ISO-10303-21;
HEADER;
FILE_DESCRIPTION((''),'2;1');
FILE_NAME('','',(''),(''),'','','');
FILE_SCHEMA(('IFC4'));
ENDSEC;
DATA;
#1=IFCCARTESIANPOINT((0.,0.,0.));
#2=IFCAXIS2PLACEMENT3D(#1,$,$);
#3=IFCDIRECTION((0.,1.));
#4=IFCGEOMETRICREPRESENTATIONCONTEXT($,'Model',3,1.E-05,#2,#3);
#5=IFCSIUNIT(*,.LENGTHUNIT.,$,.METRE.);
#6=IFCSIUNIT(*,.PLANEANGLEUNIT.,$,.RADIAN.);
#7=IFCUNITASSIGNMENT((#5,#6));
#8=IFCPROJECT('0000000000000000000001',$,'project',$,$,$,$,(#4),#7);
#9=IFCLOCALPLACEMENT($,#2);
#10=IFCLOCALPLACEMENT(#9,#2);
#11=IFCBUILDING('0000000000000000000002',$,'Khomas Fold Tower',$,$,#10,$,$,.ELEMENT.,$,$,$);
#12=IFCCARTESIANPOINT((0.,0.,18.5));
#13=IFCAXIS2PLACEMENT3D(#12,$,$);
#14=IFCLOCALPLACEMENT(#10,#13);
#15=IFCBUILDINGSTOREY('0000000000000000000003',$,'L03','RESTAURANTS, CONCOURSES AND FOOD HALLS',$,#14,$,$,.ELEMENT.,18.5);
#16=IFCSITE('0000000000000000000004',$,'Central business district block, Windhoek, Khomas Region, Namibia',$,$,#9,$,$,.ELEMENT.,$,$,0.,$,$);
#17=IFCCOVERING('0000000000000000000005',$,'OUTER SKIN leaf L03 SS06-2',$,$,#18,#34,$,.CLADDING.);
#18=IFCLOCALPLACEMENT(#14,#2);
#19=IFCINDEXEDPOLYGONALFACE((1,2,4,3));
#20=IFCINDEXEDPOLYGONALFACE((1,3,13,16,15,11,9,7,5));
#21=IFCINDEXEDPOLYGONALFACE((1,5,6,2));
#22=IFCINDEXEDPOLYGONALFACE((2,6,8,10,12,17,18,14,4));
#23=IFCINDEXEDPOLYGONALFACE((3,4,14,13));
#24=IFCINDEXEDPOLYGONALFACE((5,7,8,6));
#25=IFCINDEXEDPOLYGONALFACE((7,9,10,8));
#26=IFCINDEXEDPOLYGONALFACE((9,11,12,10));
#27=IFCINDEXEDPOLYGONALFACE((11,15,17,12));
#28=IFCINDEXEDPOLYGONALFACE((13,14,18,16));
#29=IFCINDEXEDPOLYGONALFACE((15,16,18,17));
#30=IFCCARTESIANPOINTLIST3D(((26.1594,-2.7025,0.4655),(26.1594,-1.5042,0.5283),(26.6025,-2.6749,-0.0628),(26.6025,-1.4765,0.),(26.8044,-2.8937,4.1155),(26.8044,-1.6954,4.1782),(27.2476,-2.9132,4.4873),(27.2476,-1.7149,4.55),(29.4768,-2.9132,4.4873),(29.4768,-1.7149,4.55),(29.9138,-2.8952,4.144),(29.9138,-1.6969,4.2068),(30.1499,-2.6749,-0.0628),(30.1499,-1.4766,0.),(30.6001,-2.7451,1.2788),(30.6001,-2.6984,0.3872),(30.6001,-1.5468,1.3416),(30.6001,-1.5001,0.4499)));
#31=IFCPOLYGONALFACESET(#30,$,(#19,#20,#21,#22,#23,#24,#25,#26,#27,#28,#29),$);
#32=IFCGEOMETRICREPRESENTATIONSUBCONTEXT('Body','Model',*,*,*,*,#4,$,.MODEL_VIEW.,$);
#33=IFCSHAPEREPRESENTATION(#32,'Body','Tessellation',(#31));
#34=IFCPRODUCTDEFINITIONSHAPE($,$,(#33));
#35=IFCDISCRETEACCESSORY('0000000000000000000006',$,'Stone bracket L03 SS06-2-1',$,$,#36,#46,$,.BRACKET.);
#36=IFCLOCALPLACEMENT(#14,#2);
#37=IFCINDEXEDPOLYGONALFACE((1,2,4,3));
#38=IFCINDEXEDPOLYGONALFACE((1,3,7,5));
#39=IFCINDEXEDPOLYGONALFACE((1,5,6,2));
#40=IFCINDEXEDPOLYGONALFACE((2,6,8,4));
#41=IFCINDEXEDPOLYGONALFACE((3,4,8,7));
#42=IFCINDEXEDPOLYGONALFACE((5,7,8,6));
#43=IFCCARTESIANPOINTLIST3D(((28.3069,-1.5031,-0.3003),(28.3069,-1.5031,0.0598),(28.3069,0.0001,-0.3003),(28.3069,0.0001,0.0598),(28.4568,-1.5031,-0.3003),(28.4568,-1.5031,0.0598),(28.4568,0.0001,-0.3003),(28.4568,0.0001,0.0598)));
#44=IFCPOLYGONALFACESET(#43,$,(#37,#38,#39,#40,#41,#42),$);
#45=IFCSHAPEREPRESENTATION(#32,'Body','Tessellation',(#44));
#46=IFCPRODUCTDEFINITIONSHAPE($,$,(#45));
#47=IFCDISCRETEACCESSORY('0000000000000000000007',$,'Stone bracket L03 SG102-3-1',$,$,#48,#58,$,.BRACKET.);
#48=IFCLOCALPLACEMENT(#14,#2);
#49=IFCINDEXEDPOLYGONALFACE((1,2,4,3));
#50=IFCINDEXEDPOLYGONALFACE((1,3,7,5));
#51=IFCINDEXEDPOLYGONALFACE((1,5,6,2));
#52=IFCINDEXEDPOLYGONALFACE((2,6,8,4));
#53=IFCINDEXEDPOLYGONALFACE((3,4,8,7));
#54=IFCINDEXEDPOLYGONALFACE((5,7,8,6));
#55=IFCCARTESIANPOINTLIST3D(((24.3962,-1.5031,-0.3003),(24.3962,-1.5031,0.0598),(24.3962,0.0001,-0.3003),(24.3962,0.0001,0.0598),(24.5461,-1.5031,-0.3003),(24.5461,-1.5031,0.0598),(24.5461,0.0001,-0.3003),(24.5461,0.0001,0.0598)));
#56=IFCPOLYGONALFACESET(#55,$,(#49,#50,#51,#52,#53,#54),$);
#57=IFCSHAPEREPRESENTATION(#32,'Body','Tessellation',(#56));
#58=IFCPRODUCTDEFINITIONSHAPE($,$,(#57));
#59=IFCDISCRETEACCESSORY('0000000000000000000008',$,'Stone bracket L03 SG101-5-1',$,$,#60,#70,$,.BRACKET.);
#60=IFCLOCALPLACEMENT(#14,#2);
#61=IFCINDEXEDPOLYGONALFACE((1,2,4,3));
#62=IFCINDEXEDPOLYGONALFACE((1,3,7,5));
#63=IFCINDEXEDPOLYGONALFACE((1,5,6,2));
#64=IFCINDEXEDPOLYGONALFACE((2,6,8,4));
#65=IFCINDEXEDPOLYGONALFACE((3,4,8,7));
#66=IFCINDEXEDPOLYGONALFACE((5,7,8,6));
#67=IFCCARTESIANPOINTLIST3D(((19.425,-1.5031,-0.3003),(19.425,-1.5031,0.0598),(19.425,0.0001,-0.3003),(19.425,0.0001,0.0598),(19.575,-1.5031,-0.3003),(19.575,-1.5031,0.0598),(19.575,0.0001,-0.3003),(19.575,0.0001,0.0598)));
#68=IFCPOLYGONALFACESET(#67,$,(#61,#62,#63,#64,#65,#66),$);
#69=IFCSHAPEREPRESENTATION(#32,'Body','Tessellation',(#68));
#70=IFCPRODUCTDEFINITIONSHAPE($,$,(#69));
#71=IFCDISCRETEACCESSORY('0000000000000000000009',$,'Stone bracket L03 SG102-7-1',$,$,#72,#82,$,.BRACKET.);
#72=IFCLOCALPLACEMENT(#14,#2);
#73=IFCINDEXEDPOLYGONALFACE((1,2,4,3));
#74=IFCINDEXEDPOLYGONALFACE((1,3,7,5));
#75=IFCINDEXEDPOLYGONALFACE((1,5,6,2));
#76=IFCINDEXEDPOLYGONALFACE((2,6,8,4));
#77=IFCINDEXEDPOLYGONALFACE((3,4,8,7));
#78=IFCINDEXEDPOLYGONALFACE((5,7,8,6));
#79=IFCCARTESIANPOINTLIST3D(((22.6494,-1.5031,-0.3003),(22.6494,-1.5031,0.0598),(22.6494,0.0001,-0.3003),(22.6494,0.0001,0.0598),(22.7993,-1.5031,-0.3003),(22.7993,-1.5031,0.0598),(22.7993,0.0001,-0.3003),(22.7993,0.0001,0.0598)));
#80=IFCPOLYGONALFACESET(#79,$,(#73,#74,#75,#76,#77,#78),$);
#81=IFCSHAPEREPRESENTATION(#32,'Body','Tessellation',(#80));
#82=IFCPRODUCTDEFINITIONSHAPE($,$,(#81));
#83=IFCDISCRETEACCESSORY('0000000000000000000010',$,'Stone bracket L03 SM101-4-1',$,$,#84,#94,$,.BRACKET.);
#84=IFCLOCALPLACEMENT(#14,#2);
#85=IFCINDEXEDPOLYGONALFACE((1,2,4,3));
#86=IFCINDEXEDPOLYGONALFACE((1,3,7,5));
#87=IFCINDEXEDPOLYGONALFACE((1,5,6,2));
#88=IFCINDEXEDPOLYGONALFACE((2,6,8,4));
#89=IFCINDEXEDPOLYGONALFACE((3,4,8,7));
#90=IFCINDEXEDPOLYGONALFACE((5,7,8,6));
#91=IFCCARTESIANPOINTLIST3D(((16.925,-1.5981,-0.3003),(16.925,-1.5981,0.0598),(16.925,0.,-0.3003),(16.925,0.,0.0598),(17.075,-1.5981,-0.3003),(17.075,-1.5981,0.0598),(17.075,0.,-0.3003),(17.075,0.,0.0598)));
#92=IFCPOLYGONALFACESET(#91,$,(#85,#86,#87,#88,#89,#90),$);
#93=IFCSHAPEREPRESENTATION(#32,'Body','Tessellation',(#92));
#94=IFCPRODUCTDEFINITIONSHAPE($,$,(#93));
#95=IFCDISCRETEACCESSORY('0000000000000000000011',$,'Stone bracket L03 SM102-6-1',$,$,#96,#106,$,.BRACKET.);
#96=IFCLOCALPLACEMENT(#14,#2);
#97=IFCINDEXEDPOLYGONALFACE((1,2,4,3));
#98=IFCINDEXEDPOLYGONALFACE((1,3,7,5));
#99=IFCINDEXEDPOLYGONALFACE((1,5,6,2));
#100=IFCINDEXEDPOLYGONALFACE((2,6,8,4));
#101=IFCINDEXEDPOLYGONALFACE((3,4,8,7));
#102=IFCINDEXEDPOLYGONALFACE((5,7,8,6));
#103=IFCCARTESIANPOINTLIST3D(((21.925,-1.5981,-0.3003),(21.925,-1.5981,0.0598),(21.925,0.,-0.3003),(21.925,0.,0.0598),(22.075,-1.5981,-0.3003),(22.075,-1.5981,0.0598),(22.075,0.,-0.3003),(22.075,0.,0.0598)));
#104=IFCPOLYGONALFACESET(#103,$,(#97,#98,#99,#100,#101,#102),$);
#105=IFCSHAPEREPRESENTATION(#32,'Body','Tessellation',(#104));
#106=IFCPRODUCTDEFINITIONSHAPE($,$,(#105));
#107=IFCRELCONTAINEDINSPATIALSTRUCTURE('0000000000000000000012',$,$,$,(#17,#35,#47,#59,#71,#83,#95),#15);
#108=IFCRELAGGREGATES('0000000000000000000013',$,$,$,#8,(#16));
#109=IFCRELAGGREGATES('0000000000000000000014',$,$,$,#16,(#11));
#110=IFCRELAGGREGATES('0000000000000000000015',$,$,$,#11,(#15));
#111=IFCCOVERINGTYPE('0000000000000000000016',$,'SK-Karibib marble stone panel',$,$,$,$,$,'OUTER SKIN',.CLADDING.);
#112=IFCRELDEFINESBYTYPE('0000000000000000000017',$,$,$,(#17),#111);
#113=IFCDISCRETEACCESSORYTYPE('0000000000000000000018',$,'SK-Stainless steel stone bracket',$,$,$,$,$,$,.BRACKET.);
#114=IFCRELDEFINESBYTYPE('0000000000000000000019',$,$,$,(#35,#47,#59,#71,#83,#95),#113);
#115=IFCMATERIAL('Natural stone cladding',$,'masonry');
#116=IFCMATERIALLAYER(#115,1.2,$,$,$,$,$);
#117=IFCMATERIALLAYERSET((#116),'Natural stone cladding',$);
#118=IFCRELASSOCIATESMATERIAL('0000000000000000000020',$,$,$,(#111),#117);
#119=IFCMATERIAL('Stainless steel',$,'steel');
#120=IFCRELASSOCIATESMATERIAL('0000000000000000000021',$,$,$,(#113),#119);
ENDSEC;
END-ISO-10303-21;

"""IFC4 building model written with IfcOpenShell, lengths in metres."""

from ifc_helpers import new_model, si_unit, direction, frame, origin, origin_2d, place, context, subcontext, project, spatial, polyline, rectangle, outline, extrude, source, transform, mapped, material, layer, layer_set, type_object, element, save


model = new_model("IFC4")

# Units and contexts
model_context = context("Model", 3, precision=1e-05, world=origin(), true_north=direction((0.0, 1.0)))
body_context = subcontext(model_context, "Body", "Model", "MODEL_VIEW")
ifc_project = project(units=[si_unit("LENGTHUNIT", "METRE"), si_unit("PLANEANGLEUNIT", "RADIAN")], contexts=[model_context])

# Site, building, storey
site_placement = place(None, origin())
site = spatial("IfcSite", under=ifc_project, at=site_placement, Name="Central business district block, Windhoek, Khomas Region, Namibia", CompositionType="ELEMENT", RefElevation=0.0)
building_placement = place(site_placement, origin())
building = spatial("IfcBuilding", under=site, at=building_placement, Name="Khomas Fold Tower", CompositionType="ELEMENT")
storey_placement = place(building_placement, frame((0.0, 0.0, 18.5)))
storey = spatial("IfcBuildingStorey", under=building, at=storey_placement, Name="L03", Description="RESTAURANTS, CONCOURSES AND FOOD HALLS", CompositionType="ELEMENT", Elevation=18.5)

# Covering
ifc_material_1 = material(Name="Natural stone cladding", Category="masonry")
ifc_layer_1 = layer(ifc_material_1, 1.2)
ifc_layer_set_1 = layer_set([ifc_layer_1], Name="Natural stone cladding")
covering_type_1 = type_object("IfcCoveringType", Name="SK-Karibib marble stone panel", ElementType="OUTER SKIN", PredefinedType="CLADDING", material=ifc_layer_set_1)
covering_placement = place(storey_placement, frame((30.1499, -1.4766, 0.0), z_axis=(0.000004, 0.998631, 0.05231), x_axis=(-1.0, 0.000004, 0.0)))
element("IfcCovering", 1, at=covering_placement, inside=storey, type_object=covering_type_1, Name="OUTER SKIN leaf L03 SS06-2", PredefinedType="CLADDING", context=body_context, shape_type="SweptSolid", body=[
    extrude(outline(polyline([(0.0, 0.0), (3.5474, 0.0), (3.9905, 0.529), (3.3455, 4.184), (2.9023, 4.5563), (0.6731, 4.5563), (0.2361, 4.2126), (-0.4502, 1.3434), (-0.4502, 0.4506), (0.0, 0.0)])), origin(), (0.0, 0.0, -1.0), 1.2),
])

# Discrete accessories
ifc_material_2 = material(Name="Stainless steel", Category="steel")
discrete_accessory_type = type_object("IfcDiscreteAccessoryType", Name="SK-Stainless steel stone bracket", PredefinedType="BRACKET", material=ifc_material_2)
shared_shape_1 = source(origin(), body_context, "Body", "SweptSolid", [
    extrude(rectangle(XDim=1.5032, YDim=0.1499, at=origin_2d()), origin(), (0.0, 0.0, 1.0), 0.3601),
])
for number, where, z_axis, x_axis, name in (
    (2, (28.3818, -0.7515, -0.3003), (0.0, 0.0, 1.0), (0.0, -1.0, 0.0), "Stone bracket L03 SS06-2-1"),
    (3, (24.4712, -0.7515, -0.3003), (0.0, 0.0, 1.0), (0.0, -1.0, 0.0), "Stone bracket L03 SG102-3-1"),
    (4, (19.5, -0.7515, -0.3003), (0.0, 0.0, 1.0), (0.0, -1.0, 0.0), "Stone bracket L03 SG101-5-1"),
    (5, (22.7244, -0.7515, -0.3003), (0.0, 0.0, 1.0), (0.0, -1.0, 0.0), "Stone bracket L03 SG102-7-1"),
):
    element("IfcDiscreteAccessory", number, at=place(storey_placement, frame(where, z_axis=z_axis, x_axis=x_axis)), inside=storey, type_object=discrete_accessory_type, Name=name, PredefinedType="BRACKET", context=body_context, shape_type="MappedRepresentation", body=[
        mapped(shared_shape_1, transform((0.0, 0.0, 0.0))),
    ])
shared_shape_2 = source(origin(), body_context, "Body", "SweptSolid", [
    extrude(rectangle(XDim=1.5981, YDim=0.1499, at=origin_2d()), origin(), (0.0, 0.0, 1.0), 0.3601),
])
for number, where, z_axis, x_axis, name in (
    (6, (17.0, -0.7991, -0.3003), (0.0, 0.0, 1.0), (0.0, -1.0, 0.0), "Stone bracket L03 SM101-4-1"),
    (7, (22.0, -0.7991, -0.3003), (0.0, 0.0, 1.0), (0.0, -1.0, 0.0), "Stone bracket L03 SM102-6-1"),
):
    element("IfcDiscreteAccessory", number, at=place(storey_placement, frame(where, z_axis=z_axis, x_axis=x_axis)), inside=storey, type_object=discrete_accessory_type, Name=name, PredefinedType="BRACKET", context=body_context, shape_type="MappedRepresentation", body=[
        mapped(shared_shape_2, transform((0.0, 0.0, 0.0))),
    ])

save(model, "model.ifc")
